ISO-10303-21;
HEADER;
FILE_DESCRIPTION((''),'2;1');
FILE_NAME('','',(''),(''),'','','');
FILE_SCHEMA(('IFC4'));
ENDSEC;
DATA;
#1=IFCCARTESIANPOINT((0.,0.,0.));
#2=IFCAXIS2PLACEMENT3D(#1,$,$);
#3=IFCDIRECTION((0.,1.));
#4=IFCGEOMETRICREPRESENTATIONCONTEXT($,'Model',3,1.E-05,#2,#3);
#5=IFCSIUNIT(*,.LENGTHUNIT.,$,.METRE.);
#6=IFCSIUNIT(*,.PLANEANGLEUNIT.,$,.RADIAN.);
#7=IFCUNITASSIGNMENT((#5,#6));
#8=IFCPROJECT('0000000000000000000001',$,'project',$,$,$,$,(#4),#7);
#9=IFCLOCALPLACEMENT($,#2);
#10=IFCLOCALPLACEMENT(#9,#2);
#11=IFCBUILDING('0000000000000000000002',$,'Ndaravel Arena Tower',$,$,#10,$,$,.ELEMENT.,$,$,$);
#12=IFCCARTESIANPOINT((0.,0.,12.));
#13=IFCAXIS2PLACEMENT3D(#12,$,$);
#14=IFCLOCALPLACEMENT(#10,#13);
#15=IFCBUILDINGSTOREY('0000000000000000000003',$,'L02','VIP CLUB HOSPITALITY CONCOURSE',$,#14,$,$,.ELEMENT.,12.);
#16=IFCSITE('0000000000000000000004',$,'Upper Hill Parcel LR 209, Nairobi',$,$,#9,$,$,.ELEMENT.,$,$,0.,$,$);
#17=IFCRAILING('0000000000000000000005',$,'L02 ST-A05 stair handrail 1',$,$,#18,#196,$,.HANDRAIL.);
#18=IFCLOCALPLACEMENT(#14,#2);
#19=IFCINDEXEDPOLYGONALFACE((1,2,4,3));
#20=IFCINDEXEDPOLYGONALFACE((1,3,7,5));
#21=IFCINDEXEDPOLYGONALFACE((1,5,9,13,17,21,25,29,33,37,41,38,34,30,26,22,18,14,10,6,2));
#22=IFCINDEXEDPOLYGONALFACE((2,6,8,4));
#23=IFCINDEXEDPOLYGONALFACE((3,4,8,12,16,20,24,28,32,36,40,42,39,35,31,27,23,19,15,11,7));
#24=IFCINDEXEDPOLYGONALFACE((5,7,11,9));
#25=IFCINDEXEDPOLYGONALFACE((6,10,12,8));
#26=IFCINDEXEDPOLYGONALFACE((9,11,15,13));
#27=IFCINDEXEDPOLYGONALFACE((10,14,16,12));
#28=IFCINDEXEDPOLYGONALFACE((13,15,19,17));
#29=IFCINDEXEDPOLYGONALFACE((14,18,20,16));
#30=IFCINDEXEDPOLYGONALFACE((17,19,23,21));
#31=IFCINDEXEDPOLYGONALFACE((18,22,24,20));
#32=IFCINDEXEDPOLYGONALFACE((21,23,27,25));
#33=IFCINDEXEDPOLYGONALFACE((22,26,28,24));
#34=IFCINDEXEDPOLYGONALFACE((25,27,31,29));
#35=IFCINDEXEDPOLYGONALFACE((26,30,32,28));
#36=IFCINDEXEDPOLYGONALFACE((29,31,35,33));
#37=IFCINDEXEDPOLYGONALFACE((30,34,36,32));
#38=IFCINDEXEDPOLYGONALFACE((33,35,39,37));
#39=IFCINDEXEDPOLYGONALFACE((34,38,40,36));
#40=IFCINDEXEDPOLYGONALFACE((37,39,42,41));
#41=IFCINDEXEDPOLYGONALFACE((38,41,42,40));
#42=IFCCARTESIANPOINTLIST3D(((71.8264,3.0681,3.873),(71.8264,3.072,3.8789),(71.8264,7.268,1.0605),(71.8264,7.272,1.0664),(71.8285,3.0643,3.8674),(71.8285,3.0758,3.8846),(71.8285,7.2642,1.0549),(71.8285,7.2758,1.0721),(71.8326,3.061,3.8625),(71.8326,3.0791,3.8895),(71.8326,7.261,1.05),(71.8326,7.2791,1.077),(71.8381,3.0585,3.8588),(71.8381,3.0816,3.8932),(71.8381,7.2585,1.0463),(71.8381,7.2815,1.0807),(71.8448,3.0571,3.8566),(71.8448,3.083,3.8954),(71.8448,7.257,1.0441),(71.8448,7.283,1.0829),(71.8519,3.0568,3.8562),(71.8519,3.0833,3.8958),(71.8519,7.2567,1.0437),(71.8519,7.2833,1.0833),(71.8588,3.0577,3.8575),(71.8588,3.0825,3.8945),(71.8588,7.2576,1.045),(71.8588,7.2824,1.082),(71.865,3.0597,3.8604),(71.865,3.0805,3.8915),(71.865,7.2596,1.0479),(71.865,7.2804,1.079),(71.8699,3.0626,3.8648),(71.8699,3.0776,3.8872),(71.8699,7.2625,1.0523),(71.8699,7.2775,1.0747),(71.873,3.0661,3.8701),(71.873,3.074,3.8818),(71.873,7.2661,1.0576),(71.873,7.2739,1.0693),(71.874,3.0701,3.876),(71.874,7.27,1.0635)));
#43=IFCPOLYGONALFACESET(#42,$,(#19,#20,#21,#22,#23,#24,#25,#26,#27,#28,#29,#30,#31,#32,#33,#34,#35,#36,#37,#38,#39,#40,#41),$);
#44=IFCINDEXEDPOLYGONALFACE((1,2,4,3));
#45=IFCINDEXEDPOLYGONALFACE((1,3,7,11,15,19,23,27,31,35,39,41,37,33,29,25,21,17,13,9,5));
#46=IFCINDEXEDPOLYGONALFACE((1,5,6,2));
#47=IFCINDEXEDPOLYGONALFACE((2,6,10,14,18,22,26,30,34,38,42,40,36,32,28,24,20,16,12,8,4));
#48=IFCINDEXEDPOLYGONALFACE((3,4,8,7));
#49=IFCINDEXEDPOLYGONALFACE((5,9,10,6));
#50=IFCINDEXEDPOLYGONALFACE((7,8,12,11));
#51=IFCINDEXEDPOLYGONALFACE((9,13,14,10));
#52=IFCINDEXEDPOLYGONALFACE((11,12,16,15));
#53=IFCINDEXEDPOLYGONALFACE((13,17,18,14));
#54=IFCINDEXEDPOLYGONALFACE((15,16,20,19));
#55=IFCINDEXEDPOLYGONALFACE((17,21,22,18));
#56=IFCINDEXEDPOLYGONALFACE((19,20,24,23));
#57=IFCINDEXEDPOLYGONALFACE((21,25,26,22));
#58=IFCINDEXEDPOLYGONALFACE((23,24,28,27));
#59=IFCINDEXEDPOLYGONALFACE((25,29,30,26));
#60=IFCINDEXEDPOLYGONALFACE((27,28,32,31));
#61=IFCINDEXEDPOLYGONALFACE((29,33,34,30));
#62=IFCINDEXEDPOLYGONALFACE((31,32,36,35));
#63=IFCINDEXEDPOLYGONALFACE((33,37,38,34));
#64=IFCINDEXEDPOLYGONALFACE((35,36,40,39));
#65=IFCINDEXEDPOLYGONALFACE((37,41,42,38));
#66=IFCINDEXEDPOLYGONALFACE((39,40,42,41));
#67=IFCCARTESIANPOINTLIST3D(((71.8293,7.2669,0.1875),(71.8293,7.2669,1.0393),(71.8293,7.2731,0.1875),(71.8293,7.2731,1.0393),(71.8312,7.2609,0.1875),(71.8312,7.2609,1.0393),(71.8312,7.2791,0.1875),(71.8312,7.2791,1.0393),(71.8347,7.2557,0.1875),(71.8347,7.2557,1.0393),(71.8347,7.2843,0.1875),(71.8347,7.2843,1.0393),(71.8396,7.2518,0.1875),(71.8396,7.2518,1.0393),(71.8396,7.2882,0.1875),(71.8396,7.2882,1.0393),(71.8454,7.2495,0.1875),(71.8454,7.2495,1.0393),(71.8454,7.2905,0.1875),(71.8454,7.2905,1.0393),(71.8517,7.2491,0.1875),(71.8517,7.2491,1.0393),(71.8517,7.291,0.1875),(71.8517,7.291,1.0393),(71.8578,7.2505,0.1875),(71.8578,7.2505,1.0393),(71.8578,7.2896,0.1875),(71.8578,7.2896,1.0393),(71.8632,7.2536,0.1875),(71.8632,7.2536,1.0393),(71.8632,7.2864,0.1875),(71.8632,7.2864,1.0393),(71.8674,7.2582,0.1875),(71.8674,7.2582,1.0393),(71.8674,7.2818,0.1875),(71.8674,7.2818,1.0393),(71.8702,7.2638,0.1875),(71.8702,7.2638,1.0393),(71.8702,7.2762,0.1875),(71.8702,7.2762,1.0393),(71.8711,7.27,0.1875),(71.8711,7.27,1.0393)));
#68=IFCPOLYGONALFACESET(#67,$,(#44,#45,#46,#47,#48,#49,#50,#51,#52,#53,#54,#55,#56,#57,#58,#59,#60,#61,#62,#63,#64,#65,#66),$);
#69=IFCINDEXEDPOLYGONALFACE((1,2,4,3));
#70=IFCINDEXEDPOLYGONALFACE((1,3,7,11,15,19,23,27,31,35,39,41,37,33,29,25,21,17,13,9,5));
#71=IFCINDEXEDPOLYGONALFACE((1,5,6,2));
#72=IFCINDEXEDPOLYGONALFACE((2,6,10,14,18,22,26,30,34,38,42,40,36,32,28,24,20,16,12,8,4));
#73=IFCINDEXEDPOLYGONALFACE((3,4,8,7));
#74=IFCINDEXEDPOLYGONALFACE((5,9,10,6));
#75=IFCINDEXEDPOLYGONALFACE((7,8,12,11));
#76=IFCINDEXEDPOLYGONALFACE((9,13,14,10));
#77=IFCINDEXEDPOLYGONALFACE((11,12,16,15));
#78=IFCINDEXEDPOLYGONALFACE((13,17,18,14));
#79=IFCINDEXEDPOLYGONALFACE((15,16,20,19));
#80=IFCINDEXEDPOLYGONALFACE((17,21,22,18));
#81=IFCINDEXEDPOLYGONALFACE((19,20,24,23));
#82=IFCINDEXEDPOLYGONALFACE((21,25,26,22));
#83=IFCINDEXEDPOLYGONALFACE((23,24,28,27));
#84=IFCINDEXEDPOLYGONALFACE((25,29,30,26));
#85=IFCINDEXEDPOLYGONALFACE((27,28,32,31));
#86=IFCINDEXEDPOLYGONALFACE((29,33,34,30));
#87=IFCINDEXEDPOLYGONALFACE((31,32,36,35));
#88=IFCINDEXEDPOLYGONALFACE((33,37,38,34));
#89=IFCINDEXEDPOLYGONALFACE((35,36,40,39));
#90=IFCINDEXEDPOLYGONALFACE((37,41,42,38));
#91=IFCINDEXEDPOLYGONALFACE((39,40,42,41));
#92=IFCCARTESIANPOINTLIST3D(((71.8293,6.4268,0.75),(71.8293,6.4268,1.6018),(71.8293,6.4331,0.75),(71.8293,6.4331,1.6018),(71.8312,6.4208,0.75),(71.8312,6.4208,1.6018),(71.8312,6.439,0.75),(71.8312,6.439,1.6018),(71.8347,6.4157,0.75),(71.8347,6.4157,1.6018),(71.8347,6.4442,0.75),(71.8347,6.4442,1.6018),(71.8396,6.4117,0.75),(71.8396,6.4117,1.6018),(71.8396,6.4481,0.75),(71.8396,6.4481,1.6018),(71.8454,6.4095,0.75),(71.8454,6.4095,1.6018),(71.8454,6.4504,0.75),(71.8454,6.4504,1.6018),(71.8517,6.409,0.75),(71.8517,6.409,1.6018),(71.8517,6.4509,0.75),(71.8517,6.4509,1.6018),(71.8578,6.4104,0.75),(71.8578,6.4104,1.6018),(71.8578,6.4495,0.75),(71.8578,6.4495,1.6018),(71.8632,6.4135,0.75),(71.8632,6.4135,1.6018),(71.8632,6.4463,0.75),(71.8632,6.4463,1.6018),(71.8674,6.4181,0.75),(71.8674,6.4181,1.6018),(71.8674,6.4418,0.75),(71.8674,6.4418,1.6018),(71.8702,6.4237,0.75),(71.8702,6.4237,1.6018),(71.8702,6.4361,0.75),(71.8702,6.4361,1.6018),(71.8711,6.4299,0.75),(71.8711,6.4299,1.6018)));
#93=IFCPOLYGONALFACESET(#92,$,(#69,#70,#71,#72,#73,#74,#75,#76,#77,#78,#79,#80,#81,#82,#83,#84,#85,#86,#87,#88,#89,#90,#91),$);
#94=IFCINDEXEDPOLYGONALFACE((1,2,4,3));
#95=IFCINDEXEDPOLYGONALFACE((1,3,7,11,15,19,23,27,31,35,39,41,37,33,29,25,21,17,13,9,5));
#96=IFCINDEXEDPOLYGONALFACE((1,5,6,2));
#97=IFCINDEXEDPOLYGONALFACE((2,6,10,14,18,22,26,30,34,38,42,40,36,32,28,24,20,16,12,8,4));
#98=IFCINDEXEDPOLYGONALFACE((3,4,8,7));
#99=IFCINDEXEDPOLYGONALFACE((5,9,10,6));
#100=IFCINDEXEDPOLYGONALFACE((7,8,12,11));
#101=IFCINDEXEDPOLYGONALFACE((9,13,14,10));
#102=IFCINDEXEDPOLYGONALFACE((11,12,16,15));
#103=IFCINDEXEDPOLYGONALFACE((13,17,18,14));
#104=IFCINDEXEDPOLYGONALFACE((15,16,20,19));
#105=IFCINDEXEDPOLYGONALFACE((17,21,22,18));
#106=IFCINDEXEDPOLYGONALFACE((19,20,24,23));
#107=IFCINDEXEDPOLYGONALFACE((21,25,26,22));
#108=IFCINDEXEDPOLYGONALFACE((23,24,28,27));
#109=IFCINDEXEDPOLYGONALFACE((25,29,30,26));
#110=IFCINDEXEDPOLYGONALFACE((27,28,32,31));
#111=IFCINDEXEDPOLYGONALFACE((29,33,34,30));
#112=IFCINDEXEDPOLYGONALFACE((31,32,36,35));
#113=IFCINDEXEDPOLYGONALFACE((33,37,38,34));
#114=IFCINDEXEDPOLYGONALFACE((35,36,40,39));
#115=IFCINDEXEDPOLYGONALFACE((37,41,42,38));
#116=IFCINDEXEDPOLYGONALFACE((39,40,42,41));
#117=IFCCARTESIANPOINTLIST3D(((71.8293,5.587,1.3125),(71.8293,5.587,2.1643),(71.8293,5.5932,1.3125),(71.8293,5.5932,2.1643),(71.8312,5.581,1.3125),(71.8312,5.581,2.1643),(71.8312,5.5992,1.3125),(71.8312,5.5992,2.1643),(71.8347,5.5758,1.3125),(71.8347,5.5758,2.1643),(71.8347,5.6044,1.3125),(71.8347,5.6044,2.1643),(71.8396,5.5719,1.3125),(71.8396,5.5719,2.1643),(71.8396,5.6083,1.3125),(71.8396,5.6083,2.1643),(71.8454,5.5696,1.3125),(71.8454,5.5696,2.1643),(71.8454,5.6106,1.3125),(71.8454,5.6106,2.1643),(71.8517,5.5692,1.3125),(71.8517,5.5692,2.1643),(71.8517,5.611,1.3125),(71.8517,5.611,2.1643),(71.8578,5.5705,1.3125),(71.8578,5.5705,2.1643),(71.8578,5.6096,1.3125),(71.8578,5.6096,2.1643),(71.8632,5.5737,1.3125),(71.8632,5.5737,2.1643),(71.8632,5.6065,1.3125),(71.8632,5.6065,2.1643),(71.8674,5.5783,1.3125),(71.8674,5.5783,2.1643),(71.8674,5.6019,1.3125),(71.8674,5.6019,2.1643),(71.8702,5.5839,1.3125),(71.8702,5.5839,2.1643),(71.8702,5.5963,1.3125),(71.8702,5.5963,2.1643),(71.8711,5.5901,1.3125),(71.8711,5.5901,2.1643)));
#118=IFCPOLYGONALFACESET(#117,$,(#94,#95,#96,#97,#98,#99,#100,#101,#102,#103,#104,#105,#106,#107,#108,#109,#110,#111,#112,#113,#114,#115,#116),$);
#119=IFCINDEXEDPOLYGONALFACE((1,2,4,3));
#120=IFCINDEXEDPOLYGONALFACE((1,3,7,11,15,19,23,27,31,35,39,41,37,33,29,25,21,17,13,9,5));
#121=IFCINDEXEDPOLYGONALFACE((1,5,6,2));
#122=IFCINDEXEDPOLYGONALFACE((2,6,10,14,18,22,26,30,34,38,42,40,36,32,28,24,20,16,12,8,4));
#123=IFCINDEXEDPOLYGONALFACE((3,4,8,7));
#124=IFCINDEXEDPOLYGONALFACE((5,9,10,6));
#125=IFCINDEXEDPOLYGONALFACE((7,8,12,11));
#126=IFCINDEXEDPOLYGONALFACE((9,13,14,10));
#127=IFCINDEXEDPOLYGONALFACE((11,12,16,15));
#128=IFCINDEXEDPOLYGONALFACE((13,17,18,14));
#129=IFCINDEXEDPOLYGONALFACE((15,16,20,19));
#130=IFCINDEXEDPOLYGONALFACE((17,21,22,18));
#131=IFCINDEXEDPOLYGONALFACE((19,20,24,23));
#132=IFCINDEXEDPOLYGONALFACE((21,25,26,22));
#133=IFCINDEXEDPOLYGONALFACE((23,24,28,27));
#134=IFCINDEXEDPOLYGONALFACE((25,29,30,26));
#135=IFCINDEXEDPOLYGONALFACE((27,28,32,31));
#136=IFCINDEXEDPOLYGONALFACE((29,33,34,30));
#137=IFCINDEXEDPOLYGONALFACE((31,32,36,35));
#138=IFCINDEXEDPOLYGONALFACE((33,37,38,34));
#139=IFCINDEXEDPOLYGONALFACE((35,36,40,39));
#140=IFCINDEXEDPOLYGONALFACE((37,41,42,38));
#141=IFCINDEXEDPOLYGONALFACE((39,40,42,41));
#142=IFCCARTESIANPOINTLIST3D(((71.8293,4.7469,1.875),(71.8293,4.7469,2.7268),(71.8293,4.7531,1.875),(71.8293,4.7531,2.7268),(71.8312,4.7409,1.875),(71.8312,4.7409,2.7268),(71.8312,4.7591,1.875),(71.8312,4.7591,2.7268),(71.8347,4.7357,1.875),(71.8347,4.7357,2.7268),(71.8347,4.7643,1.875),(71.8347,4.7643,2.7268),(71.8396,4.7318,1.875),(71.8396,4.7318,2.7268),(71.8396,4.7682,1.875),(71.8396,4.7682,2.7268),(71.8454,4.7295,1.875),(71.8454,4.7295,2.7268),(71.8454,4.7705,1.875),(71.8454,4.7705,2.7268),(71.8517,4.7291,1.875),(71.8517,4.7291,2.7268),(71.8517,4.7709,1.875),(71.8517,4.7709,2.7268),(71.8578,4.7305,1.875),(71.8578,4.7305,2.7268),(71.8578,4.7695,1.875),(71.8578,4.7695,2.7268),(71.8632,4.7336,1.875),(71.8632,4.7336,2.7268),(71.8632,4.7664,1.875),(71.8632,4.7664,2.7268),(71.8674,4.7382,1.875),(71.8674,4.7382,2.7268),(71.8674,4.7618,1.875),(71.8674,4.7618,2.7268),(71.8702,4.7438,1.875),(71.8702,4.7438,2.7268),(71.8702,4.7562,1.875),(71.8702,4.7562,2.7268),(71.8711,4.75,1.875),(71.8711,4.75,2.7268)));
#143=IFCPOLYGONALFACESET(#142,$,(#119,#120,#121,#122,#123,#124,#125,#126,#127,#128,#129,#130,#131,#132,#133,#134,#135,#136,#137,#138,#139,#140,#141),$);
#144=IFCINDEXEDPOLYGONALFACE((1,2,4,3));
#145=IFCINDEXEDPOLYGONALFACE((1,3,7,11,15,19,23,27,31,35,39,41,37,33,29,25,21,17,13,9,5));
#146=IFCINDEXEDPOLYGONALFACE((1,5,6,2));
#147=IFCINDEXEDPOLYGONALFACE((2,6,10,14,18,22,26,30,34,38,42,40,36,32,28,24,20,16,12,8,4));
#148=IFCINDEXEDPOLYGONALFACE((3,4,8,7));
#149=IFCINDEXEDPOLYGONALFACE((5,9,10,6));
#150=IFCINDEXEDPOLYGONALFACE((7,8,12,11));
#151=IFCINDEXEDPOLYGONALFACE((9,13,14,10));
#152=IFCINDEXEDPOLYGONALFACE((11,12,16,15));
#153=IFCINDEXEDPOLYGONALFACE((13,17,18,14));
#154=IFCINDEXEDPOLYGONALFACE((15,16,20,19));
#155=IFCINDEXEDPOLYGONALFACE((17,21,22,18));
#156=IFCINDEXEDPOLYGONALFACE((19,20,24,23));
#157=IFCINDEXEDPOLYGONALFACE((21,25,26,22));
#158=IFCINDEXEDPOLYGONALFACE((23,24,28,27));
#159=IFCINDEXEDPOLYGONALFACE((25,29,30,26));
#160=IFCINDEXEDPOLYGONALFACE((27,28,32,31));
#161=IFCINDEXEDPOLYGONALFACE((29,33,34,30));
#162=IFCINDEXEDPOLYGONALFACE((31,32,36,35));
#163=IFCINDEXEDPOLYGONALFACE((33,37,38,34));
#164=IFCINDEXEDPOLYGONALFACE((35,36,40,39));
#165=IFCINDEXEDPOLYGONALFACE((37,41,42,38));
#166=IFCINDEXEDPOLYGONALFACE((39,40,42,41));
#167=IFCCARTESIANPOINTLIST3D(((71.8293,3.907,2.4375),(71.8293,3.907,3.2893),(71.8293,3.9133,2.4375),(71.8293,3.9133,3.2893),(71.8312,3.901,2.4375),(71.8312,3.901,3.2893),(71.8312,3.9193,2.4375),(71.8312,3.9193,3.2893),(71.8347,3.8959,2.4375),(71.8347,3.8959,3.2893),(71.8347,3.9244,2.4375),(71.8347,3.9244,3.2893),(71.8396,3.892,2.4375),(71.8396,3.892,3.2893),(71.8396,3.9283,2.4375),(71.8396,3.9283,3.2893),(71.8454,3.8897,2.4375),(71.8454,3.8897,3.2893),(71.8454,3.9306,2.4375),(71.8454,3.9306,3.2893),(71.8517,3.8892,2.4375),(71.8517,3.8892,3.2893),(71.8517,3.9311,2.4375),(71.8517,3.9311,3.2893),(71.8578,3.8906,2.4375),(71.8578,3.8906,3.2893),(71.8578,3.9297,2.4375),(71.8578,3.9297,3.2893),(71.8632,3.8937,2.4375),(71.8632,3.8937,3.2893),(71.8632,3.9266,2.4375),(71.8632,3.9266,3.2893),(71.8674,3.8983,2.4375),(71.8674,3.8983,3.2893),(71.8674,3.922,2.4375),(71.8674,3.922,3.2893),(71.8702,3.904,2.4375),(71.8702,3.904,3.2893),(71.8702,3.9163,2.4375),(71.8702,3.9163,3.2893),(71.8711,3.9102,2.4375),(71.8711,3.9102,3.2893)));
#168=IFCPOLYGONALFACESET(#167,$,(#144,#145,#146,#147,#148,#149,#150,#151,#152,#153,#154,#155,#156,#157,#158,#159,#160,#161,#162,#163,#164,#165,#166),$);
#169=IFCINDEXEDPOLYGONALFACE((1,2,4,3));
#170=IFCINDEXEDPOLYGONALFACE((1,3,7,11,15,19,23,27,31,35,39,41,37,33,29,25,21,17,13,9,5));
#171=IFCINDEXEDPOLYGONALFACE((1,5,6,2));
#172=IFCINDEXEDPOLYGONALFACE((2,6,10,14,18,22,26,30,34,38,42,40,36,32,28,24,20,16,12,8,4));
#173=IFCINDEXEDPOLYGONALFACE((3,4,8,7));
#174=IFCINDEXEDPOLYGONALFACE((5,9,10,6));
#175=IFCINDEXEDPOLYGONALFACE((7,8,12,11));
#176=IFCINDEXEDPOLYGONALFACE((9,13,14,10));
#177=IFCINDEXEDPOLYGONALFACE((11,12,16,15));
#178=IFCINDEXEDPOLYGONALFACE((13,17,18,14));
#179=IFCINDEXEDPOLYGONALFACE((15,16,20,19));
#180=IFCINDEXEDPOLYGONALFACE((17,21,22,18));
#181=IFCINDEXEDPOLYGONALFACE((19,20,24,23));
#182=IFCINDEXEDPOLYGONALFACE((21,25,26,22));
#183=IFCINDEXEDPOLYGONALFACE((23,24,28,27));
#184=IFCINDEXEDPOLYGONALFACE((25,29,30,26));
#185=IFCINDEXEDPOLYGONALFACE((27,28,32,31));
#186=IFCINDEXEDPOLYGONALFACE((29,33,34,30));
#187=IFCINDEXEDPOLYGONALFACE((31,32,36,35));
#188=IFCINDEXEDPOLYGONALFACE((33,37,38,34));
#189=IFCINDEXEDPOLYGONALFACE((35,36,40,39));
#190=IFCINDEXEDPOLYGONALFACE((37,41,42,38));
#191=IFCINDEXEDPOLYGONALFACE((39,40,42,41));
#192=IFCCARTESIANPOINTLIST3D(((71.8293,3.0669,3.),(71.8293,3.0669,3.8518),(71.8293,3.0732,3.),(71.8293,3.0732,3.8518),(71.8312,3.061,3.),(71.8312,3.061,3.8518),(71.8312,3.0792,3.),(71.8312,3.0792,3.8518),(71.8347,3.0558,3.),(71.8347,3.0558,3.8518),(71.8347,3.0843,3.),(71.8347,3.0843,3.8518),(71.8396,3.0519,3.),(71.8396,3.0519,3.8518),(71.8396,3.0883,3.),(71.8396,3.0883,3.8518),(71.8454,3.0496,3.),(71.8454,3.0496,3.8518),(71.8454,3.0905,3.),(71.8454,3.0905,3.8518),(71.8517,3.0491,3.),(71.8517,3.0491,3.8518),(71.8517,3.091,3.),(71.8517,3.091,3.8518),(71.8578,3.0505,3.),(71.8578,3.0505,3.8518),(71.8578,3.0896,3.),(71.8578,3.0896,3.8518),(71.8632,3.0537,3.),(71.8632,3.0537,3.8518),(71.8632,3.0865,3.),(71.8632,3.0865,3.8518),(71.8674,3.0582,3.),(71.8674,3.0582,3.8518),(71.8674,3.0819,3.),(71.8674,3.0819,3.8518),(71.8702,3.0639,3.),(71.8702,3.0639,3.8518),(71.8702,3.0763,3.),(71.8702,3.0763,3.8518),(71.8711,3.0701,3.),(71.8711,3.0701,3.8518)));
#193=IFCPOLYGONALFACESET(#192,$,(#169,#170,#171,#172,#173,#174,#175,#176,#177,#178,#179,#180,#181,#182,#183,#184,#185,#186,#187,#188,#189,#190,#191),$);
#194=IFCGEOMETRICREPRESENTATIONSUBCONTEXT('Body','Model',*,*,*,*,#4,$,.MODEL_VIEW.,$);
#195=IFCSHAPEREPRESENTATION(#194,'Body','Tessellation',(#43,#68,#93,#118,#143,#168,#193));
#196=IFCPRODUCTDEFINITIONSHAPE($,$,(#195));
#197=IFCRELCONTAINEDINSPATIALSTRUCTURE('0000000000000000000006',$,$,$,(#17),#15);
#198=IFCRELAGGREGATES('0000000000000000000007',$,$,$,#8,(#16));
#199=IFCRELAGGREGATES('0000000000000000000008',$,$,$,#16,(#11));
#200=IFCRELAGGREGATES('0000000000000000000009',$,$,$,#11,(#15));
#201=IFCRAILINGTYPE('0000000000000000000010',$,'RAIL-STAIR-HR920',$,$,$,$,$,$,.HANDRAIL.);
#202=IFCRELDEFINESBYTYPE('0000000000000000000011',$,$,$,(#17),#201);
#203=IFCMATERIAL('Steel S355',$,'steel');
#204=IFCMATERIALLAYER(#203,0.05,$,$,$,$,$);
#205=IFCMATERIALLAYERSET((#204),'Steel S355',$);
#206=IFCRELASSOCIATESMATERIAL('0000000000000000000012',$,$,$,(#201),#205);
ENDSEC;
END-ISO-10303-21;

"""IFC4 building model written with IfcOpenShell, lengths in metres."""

from ifc_helpers import new_model, si_unit, direction, frame, origin, origin_2d, place, context, subcontext, project, spatial, circle, extrude, material, layer, layer_set, type_object, element, save


model = new_model("IFC4")

# Units and contexts
model_context = context("Model", 3, precision=1e-05, world=origin(), true_north=direction((0.0, 1.0)))
body_context = subcontext(model_context, "Body", "Model", "MODEL_VIEW")
ifc_project = project(units=[si_unit("LENGTHUNIT", "METRE"), si_unit("PLANEANGLEUNIT", "RADIAN")], contexts=[model_context])

# Site, building, storey
site_placement = place(None, origin())
site = spatial("IfcSite", under=ifc_project, at=site_placement, Name="Upper Hill Parcel LR 209, Nairobi", CompositionType="ELEMENT", RefElevation=0.0)
building_placement = place(site_placement, origin())
building = spatial("IfcBuilding", under=site, at=building_placement, Name="Ndaravel Arena Tower", CompositionType="ELEMENT")
storey_placement = place(building_placement, frame((0.0, 0.0, 12.0)))
storey = spatial("IfcBuildingStorey", under=building, at=storey_placement, Name="L02", Description="VIP CLUB HOSPITALITY CONCOURSE", CompositionType="ELEMENT", Elevation=12.0)

# Railing
ifc_material_1 = material(Name="Steel S355", Category="steel")
ifc_layer_1 = layer(ifc_material_1, 0.05)
ifc_layer_set_1 = layer_set([ifc_layer_1], Name="Steel S355")
railing_type_1 = type_object("IfcRailingType", Name="RAIL-STAIR-HR920", PredefinedType="HANDRAIL", material=ifc_layer_set_1)
railing_1_placement = place(storey_placement, frame((71.8501, 7.27, 0.1875)))
element("IfcRailing", 1, at=railing_1_placement, inside=storey, type_object=railing_type_1, Name="L02 ST-A05 stair handrail 1", PredefinedType="HANDRAIL", context=body_context, shape_type="SweptSolid", body=[
    extrude(circle(Radius=0.0239, at=origin_2d()), frame((0.0, 0.0, 0.876), z_axis=(0.0, -0.830904, 0.556416), x_axis=(1.0, 0.0, 0.0)), (0.0, 0.0, 1.0), 5.0547),
    extrude(circle(Radius=0.021, at=origin_2d()), origin(), (0.0, 0.0, 1.0), 0.8518),
    extrude(circle(Radius=0.021, at=origin_2d()), frame((0.0, -0.8401, 0.5625)), (0.0, 0.0, 1.0), 0.8518),
    extrude(circle(Radius=0.021, at=origin_2d()), frame((0.0, -1.6799, 1.125)), (0.0, 0.0, 1.0), 0.8518),
    extrude(circle(Radius=0.021, at=origin_2d()), frame((0.0, -2.52, 1.6875)), (0.0, 0.0, 1.0), 0.8518),
    extrude(circle(Radius=0.021, at=origin_2d()), frame((0.0, -3.3599, 2.25)), (0.0, 0.0, 1.0), 0.8518),
    extrude(circle(Radius=0.021, at=origin_2d()), frame((0.0, -4.2, 2.8125)), (0.0, 0.0, 1.0), 0.8518),
])

save(model, "model.ifc")
